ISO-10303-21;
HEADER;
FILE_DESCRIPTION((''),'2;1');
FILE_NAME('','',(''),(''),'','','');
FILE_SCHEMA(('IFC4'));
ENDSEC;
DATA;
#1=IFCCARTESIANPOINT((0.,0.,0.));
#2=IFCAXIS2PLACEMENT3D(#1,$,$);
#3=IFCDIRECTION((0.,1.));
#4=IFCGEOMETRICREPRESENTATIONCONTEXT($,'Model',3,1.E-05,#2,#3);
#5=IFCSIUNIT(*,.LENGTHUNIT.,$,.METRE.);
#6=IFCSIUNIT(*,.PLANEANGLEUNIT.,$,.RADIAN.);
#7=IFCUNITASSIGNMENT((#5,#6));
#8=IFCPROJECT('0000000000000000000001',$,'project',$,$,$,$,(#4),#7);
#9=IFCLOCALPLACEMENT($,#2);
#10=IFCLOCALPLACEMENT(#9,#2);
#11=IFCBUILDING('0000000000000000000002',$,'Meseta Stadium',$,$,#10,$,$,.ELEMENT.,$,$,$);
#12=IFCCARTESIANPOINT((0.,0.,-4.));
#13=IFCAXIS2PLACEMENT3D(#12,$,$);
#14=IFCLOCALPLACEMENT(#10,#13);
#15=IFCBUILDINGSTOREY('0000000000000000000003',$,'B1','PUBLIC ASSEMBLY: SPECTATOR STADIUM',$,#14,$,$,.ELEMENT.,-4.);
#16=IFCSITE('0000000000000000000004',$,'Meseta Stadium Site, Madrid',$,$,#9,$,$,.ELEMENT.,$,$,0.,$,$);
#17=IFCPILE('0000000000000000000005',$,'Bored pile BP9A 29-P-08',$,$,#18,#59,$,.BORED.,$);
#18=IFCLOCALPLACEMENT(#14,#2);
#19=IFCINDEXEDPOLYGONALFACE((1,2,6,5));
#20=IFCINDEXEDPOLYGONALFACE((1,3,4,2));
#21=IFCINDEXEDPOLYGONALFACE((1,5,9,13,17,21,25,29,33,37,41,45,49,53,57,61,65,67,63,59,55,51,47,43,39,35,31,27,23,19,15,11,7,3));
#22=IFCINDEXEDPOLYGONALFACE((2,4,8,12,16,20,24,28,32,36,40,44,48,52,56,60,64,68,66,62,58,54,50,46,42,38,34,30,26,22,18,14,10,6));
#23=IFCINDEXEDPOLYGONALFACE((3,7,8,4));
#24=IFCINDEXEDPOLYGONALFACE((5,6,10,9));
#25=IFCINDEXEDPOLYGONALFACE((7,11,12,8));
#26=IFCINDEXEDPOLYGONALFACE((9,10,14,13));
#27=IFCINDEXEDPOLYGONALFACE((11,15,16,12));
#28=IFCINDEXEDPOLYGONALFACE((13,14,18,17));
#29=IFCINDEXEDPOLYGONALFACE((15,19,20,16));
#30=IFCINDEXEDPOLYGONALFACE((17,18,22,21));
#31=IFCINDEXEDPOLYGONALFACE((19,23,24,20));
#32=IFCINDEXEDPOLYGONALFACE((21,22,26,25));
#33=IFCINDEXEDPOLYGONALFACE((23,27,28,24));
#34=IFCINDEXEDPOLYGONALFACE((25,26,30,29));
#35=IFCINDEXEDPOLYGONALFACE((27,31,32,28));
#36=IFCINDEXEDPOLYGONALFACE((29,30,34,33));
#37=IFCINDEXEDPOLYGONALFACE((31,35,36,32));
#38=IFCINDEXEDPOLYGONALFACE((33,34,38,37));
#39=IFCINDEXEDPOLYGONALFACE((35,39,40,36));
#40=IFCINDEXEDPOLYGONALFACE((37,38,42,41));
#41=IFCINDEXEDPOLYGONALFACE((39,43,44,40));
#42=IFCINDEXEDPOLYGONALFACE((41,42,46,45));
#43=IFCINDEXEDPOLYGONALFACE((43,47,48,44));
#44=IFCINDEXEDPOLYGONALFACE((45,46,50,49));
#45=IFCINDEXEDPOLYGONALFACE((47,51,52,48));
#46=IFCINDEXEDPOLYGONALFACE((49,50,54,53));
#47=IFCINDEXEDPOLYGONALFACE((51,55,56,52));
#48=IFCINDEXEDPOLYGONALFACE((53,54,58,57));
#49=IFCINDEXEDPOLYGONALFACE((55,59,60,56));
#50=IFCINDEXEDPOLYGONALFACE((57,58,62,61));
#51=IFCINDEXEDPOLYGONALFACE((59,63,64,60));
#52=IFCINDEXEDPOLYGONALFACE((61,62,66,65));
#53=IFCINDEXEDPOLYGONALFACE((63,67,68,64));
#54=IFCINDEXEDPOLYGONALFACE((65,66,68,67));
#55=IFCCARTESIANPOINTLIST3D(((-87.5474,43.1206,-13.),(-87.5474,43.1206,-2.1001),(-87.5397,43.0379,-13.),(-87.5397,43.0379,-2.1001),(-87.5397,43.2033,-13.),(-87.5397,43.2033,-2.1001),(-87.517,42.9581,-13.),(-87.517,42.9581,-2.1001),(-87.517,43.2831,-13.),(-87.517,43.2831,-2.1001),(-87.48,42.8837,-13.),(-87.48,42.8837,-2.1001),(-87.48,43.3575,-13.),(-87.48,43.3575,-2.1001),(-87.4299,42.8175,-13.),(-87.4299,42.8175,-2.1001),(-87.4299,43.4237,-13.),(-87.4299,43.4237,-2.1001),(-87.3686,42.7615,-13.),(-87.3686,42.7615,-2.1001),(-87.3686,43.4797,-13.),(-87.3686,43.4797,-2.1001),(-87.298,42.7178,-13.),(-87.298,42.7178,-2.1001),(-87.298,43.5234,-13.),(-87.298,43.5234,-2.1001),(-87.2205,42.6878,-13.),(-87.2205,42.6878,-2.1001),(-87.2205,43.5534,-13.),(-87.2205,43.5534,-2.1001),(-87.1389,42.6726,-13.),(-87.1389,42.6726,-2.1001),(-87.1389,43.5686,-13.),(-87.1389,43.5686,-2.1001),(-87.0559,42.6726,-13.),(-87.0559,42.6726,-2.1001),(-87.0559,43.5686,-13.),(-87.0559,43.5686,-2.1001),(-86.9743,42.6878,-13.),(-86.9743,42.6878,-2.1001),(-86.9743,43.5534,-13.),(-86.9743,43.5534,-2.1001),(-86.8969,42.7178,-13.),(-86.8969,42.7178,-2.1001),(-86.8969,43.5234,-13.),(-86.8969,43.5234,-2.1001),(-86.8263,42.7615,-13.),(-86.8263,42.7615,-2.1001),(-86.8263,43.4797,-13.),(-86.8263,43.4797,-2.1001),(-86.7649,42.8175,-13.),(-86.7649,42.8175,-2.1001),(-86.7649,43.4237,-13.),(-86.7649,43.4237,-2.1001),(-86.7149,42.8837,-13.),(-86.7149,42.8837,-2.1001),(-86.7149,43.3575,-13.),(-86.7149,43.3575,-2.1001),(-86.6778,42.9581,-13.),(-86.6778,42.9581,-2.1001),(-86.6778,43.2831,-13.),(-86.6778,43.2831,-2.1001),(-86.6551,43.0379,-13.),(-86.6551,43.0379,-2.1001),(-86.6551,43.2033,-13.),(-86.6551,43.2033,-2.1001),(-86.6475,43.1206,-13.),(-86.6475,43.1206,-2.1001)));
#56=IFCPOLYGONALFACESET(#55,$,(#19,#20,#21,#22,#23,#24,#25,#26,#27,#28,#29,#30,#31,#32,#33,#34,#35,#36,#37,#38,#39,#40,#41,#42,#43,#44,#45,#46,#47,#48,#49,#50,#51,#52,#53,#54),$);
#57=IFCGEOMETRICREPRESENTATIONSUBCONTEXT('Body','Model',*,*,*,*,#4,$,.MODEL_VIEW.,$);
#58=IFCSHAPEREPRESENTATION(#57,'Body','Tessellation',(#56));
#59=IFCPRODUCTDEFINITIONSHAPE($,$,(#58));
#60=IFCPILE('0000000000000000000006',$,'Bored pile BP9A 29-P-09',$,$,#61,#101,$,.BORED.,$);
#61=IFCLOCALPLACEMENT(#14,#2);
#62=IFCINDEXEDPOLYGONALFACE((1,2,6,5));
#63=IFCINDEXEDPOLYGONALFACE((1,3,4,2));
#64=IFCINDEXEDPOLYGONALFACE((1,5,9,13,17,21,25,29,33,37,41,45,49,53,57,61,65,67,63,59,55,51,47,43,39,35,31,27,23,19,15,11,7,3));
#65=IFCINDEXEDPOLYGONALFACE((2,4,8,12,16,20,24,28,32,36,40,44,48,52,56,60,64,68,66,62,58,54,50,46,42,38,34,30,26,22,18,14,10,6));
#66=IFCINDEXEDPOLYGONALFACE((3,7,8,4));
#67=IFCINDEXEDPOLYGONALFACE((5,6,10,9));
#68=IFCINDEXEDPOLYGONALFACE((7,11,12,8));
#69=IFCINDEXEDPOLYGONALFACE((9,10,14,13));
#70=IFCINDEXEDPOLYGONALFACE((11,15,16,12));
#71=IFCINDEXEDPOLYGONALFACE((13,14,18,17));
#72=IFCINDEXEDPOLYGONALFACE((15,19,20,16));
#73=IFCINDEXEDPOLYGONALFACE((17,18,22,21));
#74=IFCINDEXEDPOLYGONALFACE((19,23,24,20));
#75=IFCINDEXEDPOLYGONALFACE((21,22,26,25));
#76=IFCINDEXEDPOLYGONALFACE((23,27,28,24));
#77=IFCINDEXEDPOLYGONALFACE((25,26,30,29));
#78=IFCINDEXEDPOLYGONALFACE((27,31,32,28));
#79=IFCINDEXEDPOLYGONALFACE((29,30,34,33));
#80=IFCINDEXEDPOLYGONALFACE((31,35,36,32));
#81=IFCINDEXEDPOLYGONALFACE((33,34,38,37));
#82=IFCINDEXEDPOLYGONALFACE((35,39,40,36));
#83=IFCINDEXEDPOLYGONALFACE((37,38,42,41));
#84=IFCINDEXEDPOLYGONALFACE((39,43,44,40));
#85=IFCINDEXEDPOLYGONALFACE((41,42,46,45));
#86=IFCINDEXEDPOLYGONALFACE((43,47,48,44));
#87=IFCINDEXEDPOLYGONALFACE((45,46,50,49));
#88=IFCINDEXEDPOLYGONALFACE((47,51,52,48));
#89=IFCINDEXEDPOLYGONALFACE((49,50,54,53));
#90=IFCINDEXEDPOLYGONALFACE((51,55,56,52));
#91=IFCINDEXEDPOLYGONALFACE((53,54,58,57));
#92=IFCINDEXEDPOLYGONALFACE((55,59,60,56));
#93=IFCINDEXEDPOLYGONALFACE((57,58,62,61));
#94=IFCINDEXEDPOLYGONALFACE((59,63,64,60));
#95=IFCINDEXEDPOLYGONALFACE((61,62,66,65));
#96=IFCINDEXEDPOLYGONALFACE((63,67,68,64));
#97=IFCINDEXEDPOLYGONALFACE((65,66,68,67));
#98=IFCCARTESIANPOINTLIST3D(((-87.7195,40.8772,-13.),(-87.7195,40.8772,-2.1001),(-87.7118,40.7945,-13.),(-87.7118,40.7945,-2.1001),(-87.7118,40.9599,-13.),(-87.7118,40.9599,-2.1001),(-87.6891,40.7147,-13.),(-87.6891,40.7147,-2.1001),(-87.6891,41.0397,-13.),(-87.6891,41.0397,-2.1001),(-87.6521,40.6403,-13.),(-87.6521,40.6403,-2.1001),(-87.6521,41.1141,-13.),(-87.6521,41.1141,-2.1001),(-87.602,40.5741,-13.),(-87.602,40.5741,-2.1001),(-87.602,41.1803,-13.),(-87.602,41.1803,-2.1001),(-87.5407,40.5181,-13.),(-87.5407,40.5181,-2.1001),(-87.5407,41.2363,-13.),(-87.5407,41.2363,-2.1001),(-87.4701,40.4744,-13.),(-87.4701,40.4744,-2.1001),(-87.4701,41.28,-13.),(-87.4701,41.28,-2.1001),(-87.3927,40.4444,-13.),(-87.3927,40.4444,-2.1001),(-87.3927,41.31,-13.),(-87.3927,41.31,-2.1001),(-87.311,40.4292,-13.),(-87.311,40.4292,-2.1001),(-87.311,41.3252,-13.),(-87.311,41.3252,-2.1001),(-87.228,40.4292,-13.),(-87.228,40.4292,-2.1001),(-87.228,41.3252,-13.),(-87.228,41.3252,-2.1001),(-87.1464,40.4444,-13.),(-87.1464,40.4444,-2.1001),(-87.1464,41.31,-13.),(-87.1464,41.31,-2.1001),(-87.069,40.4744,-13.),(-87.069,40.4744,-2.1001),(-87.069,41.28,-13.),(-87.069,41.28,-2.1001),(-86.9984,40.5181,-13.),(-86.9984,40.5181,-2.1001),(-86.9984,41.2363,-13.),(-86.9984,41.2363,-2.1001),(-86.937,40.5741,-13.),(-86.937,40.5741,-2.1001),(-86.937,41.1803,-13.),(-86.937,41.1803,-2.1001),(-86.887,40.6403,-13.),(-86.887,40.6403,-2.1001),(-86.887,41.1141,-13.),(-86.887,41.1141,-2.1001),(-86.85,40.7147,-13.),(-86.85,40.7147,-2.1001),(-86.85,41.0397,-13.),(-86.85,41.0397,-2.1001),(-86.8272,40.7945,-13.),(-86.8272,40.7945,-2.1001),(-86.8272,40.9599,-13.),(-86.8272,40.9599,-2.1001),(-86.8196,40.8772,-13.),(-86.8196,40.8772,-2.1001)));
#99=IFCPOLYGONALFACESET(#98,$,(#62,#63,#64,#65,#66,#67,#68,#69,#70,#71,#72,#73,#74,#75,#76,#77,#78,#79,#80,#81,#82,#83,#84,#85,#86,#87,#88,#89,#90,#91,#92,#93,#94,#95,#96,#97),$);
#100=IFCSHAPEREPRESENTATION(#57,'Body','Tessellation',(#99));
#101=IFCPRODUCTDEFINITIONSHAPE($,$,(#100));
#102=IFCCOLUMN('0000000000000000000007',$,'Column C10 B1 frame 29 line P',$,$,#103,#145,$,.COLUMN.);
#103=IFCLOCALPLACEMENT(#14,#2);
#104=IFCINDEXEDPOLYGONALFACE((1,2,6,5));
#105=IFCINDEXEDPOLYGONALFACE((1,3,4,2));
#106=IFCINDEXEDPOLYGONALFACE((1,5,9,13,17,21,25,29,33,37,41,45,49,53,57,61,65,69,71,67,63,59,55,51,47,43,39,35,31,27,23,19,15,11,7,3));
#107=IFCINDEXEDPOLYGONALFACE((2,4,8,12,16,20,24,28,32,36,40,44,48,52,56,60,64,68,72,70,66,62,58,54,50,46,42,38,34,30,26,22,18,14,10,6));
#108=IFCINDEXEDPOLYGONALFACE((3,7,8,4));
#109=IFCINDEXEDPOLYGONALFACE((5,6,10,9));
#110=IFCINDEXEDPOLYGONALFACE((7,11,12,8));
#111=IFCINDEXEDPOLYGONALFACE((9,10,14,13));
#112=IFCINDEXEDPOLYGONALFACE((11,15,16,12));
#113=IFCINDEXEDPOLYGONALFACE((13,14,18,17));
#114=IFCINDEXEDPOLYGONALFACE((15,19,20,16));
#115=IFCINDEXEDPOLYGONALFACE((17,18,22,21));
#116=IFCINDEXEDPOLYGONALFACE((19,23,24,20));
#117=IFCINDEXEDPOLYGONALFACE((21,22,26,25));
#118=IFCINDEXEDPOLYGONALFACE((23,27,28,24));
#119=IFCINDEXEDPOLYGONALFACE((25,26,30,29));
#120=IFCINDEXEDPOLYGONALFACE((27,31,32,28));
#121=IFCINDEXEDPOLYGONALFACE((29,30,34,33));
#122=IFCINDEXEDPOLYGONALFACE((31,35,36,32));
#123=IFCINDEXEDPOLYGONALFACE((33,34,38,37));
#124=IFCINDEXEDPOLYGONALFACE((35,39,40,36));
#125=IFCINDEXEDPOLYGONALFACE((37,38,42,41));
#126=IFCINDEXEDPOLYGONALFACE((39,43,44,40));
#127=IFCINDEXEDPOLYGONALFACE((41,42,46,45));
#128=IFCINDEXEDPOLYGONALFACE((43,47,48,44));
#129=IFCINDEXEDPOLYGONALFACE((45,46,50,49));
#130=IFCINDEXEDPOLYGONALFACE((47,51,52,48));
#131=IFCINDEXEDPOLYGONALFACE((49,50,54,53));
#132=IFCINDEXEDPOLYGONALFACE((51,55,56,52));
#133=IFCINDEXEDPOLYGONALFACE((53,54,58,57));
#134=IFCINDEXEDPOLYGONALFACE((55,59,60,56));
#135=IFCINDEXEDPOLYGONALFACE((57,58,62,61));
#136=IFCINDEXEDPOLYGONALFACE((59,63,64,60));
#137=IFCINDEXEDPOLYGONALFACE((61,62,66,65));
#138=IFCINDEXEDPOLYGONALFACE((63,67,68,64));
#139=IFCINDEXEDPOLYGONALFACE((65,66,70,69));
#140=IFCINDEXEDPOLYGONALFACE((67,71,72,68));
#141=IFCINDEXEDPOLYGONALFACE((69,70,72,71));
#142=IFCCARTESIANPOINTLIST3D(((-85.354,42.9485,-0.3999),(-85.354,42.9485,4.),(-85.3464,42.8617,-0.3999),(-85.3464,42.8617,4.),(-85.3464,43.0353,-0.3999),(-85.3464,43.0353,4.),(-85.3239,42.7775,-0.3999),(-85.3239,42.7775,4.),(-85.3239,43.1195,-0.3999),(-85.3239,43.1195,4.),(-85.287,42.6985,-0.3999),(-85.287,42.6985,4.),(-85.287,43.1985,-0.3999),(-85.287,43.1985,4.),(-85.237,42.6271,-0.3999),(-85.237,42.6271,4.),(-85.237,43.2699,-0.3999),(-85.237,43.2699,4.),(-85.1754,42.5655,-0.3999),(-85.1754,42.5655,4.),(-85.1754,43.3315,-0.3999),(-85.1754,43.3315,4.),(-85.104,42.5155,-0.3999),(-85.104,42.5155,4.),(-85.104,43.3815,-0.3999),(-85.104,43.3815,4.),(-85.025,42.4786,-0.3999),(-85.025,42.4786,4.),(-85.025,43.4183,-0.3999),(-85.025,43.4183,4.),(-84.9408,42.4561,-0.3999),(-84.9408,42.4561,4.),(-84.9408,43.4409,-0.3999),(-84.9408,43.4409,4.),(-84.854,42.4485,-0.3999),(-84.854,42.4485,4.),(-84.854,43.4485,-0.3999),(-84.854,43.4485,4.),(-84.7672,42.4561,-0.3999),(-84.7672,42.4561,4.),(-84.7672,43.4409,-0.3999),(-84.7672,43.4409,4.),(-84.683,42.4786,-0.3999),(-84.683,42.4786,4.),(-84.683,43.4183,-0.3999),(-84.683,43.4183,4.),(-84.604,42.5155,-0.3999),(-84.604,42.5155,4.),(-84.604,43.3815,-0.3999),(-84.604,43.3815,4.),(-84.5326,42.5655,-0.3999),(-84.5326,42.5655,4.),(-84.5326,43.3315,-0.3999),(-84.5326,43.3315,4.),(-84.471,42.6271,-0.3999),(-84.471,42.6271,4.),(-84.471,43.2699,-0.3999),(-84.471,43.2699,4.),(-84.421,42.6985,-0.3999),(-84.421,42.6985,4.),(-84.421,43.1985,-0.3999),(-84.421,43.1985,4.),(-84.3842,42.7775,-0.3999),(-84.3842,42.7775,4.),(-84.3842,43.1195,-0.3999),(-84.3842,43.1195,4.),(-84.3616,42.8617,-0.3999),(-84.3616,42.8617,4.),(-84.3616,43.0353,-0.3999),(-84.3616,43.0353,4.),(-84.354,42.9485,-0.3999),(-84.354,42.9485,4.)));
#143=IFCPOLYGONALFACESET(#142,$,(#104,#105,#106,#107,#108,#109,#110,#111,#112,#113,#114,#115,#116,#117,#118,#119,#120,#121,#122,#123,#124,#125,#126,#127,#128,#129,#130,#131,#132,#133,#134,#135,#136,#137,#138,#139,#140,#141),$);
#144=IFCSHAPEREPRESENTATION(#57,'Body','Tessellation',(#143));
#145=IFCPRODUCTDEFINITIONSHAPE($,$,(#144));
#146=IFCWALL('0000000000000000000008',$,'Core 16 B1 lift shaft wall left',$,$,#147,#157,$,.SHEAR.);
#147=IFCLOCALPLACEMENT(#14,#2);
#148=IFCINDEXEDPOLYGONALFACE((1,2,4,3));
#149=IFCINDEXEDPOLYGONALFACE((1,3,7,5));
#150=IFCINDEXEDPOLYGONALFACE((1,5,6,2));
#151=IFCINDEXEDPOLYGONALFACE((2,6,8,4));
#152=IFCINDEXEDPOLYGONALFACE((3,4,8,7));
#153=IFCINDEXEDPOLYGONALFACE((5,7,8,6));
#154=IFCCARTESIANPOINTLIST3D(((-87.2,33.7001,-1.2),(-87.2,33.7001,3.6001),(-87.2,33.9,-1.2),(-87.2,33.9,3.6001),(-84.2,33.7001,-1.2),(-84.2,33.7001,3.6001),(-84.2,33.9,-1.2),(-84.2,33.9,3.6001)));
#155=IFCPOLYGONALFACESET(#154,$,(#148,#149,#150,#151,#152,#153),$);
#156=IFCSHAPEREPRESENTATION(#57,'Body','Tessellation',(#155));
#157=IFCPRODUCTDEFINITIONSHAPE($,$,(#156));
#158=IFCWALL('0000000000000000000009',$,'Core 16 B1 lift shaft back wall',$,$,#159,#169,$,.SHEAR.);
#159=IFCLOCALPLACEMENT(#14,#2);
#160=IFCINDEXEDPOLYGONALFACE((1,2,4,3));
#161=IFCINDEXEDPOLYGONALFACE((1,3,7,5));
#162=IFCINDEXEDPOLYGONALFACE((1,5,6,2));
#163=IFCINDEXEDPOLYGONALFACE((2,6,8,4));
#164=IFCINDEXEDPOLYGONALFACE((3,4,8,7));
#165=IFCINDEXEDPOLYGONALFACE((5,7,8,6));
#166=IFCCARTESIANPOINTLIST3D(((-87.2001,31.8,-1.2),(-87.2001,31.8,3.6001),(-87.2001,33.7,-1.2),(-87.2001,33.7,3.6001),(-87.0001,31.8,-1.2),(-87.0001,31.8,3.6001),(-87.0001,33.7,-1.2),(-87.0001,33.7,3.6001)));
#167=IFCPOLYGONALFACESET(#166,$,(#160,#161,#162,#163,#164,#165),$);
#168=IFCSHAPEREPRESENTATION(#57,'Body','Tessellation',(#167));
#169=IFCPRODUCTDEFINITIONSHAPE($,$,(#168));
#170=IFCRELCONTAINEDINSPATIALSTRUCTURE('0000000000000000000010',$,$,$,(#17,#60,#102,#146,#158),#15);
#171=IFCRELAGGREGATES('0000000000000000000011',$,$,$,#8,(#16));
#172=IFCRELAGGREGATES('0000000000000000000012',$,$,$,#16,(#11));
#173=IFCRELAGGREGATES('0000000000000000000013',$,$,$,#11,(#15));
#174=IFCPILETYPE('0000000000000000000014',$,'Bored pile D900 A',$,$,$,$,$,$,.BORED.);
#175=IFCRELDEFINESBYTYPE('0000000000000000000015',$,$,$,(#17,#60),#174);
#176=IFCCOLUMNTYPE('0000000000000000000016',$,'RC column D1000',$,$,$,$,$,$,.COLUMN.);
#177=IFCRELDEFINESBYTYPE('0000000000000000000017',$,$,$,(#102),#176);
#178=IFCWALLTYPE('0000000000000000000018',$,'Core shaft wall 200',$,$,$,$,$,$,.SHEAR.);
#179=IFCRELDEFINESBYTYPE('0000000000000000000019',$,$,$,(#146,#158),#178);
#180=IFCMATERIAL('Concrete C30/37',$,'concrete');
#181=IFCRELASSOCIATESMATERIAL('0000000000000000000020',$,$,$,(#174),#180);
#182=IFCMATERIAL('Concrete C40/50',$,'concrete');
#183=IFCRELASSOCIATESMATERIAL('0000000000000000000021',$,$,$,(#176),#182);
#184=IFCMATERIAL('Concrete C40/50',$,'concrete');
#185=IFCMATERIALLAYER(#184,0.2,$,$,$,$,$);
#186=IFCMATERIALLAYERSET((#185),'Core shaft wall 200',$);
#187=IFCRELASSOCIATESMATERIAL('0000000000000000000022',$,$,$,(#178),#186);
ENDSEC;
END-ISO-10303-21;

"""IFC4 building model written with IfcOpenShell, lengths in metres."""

from ifc_helpers import new_model, si_unit, direction, frame, frame_2d, origin, origin_2d, place, context, subcontext, project, spatial, rectangle, circle, extrude, material, layer, layer_set, material_profile, profile_set, type_object, element, save


model = new_model("IFC4")

# Units and contexts
model_context = context("Model", 3, precision=1e-05, world=origin(), true_north=direction((0.0, 1.0)))
body_context = subcontext(model_context, "Body", "Model", "MODEL_VIEW")
ifc_project = project(units=[si_unit("LENGTHUNIT", "METRE"), si_unit("PLANEANGLEUNIT", "RADIAN")], contexts=[model_context])

# Site, building, storey
site_placement = place(None, origin())
site = spatial("IfcSite", under=ifc_project, at=site_placement, Name="Meseta Stadium Site, Madrid", CompositionType="ELEMENT", RefElevation=0.0)
building_placement = place(site_placement, origin())
building = spatial("IfcBuilding", under=site, at=building_placement, Name="Meseta Stadium", CompositionType="ELEMENT")
storey_placement = place(building_placement, frame((0.0, 0.0, -4.0)))
storey = spatial("IfcBuildingStorey", under=building, at=storey_placement, Name="B1", Description="PUBLIC ASSEMBLY: SPECTATOR STADIUM", CompositionType="ELEMENT", Elevation=-4.0)

# Piles
ifc_material_1 = material(Name="Concrete C30/37", Category="concrete")
ifc_material_profile_1 = material_profile(ifc_material_1, circle(Radius=0.45, at=origin_2d()), Name="D900")
ifc_profile_set_1 = profile_set([ifc_material_profile_1], Name="Concrete C30/37")
pile_type = type_object("IfcPileType", Name="Bored pile D900 A", PredefinedType="BORED", material=ifc_profile_set_1)
for number, where, z_axis, x_axis, name in (
    (1, (-87.0974, 43.1206, -2.1001), (0.0, 0.0, -1.0), (1.0, 0.0, 0.0), "Bored pile BP9A 29-P-08"),
    (2, (-87.2695, 40.8772, -2.1001), (0.0, 0.0, -1.0), (1.0, 0.0, 0.0), "Bored pile BP9A 29-P-09"),
):
    element("IfcPile", number, at=place(storey_placement, frame(where, z_axis=z_axis, x_axis=x_axis)), inside=storey, type_object=pile_type, Name=name, PredefinedType="BORED", context=body_context, shape_type="SweptSolid", body=[
        extrude(circle(Radius=0.45, at=origin_2d()), origin(), (0.0, 0.0, 1.0), 10.8999),
    ])

# Column
ifc_material_2 = material(Name="Concrete C40/50", Category="concrete")
ifc_material_profile_2 = material_profile(ifc_material_2, circle(Radius=0.5, at=origin_2d()), Name="RC D1000")
ifc_profile_set_2 = profile_set([ifc_material_profile_2], Name="Concrete C40/50")
column_type = type_object("IfcColumnType", Name="RC column D1000", PredefinedType="COLUMN", material=ifc_profile_set_2)
column_placement = place(storey_placement, frame((-84.854, 42.9485, -0.3999), z_axis=(0.0, 0.0, 1.0), x_axis=(1.0, 0.0, 0.0)))
element("IfcColumn", 3, at=column_placement, inside=storey, type_object=column_type, Name="Column C10 B1 frame 29 line P", PredefinedType="COLUMN", context=body_context, shape_type="SweptSolid", body=[
    extrude(circle(Radius=0.5, at=origin_2d()), origin(), (0.0, 0.0, 1.0), 4.3999),
])

# Walls
ifc_material_3 = material(Name="Concrete C40/50", Category="concrete")
ifc_layer_1 = layer(ifc_material_3, 0.2)
ifc_layer_set_1 = layer_set([ifc_layer_1], Name="Core shaft wall 200")
wall_type_1 = type_object("IfcWallType", Name="Core shaft wall 200", PredefinedType="SHEAR", material=ifc_layer_set_1)
wall_1_placement = place(storey_placement, frame((-87.2, 33.8, -1.2), z_axis=(0.0, 0.0, 1.0), x_axis=(1.0, 0.0, 0.0)))
element("IfcWall", 4, at=wall_1_placement, inside=storey, type_object=wall_type_1, Name="Core 16 B1 lift shaft wall left", PredefinedType="SHEAR", context=body_context, shape_type="SweptSolid", body=[
    extrude(rectangle(XDim=3.0, YDim=0.2, at=frame_2d((1.5, 0.0))), origin(), (0.0, 0.0, 1.0), 4.8),
])
wall_2_placement = place(storey_placement, frame((-87.1001, 33.7, -1.2), z_axis=(0.0, 0.0, 1.0), x_axis=(0.0, -1.0, 0.0)))
element("IfcWall", 5, at=wall_2_placement, inside=storey, type_object=wall_type_1, Name="Core 16 B1 lift shaft back wall", PredefinedType="SHEAR", context=body_context, shape_type="SweptSolid", body=[
    extrude(rectangle(XDim=1.8999, YDim=0.2, at=frame_2d((0.95, 0.0))), origin(), (0.0, 0.0, 1.0), 4.8),
])

save(model, "model.ifc")
